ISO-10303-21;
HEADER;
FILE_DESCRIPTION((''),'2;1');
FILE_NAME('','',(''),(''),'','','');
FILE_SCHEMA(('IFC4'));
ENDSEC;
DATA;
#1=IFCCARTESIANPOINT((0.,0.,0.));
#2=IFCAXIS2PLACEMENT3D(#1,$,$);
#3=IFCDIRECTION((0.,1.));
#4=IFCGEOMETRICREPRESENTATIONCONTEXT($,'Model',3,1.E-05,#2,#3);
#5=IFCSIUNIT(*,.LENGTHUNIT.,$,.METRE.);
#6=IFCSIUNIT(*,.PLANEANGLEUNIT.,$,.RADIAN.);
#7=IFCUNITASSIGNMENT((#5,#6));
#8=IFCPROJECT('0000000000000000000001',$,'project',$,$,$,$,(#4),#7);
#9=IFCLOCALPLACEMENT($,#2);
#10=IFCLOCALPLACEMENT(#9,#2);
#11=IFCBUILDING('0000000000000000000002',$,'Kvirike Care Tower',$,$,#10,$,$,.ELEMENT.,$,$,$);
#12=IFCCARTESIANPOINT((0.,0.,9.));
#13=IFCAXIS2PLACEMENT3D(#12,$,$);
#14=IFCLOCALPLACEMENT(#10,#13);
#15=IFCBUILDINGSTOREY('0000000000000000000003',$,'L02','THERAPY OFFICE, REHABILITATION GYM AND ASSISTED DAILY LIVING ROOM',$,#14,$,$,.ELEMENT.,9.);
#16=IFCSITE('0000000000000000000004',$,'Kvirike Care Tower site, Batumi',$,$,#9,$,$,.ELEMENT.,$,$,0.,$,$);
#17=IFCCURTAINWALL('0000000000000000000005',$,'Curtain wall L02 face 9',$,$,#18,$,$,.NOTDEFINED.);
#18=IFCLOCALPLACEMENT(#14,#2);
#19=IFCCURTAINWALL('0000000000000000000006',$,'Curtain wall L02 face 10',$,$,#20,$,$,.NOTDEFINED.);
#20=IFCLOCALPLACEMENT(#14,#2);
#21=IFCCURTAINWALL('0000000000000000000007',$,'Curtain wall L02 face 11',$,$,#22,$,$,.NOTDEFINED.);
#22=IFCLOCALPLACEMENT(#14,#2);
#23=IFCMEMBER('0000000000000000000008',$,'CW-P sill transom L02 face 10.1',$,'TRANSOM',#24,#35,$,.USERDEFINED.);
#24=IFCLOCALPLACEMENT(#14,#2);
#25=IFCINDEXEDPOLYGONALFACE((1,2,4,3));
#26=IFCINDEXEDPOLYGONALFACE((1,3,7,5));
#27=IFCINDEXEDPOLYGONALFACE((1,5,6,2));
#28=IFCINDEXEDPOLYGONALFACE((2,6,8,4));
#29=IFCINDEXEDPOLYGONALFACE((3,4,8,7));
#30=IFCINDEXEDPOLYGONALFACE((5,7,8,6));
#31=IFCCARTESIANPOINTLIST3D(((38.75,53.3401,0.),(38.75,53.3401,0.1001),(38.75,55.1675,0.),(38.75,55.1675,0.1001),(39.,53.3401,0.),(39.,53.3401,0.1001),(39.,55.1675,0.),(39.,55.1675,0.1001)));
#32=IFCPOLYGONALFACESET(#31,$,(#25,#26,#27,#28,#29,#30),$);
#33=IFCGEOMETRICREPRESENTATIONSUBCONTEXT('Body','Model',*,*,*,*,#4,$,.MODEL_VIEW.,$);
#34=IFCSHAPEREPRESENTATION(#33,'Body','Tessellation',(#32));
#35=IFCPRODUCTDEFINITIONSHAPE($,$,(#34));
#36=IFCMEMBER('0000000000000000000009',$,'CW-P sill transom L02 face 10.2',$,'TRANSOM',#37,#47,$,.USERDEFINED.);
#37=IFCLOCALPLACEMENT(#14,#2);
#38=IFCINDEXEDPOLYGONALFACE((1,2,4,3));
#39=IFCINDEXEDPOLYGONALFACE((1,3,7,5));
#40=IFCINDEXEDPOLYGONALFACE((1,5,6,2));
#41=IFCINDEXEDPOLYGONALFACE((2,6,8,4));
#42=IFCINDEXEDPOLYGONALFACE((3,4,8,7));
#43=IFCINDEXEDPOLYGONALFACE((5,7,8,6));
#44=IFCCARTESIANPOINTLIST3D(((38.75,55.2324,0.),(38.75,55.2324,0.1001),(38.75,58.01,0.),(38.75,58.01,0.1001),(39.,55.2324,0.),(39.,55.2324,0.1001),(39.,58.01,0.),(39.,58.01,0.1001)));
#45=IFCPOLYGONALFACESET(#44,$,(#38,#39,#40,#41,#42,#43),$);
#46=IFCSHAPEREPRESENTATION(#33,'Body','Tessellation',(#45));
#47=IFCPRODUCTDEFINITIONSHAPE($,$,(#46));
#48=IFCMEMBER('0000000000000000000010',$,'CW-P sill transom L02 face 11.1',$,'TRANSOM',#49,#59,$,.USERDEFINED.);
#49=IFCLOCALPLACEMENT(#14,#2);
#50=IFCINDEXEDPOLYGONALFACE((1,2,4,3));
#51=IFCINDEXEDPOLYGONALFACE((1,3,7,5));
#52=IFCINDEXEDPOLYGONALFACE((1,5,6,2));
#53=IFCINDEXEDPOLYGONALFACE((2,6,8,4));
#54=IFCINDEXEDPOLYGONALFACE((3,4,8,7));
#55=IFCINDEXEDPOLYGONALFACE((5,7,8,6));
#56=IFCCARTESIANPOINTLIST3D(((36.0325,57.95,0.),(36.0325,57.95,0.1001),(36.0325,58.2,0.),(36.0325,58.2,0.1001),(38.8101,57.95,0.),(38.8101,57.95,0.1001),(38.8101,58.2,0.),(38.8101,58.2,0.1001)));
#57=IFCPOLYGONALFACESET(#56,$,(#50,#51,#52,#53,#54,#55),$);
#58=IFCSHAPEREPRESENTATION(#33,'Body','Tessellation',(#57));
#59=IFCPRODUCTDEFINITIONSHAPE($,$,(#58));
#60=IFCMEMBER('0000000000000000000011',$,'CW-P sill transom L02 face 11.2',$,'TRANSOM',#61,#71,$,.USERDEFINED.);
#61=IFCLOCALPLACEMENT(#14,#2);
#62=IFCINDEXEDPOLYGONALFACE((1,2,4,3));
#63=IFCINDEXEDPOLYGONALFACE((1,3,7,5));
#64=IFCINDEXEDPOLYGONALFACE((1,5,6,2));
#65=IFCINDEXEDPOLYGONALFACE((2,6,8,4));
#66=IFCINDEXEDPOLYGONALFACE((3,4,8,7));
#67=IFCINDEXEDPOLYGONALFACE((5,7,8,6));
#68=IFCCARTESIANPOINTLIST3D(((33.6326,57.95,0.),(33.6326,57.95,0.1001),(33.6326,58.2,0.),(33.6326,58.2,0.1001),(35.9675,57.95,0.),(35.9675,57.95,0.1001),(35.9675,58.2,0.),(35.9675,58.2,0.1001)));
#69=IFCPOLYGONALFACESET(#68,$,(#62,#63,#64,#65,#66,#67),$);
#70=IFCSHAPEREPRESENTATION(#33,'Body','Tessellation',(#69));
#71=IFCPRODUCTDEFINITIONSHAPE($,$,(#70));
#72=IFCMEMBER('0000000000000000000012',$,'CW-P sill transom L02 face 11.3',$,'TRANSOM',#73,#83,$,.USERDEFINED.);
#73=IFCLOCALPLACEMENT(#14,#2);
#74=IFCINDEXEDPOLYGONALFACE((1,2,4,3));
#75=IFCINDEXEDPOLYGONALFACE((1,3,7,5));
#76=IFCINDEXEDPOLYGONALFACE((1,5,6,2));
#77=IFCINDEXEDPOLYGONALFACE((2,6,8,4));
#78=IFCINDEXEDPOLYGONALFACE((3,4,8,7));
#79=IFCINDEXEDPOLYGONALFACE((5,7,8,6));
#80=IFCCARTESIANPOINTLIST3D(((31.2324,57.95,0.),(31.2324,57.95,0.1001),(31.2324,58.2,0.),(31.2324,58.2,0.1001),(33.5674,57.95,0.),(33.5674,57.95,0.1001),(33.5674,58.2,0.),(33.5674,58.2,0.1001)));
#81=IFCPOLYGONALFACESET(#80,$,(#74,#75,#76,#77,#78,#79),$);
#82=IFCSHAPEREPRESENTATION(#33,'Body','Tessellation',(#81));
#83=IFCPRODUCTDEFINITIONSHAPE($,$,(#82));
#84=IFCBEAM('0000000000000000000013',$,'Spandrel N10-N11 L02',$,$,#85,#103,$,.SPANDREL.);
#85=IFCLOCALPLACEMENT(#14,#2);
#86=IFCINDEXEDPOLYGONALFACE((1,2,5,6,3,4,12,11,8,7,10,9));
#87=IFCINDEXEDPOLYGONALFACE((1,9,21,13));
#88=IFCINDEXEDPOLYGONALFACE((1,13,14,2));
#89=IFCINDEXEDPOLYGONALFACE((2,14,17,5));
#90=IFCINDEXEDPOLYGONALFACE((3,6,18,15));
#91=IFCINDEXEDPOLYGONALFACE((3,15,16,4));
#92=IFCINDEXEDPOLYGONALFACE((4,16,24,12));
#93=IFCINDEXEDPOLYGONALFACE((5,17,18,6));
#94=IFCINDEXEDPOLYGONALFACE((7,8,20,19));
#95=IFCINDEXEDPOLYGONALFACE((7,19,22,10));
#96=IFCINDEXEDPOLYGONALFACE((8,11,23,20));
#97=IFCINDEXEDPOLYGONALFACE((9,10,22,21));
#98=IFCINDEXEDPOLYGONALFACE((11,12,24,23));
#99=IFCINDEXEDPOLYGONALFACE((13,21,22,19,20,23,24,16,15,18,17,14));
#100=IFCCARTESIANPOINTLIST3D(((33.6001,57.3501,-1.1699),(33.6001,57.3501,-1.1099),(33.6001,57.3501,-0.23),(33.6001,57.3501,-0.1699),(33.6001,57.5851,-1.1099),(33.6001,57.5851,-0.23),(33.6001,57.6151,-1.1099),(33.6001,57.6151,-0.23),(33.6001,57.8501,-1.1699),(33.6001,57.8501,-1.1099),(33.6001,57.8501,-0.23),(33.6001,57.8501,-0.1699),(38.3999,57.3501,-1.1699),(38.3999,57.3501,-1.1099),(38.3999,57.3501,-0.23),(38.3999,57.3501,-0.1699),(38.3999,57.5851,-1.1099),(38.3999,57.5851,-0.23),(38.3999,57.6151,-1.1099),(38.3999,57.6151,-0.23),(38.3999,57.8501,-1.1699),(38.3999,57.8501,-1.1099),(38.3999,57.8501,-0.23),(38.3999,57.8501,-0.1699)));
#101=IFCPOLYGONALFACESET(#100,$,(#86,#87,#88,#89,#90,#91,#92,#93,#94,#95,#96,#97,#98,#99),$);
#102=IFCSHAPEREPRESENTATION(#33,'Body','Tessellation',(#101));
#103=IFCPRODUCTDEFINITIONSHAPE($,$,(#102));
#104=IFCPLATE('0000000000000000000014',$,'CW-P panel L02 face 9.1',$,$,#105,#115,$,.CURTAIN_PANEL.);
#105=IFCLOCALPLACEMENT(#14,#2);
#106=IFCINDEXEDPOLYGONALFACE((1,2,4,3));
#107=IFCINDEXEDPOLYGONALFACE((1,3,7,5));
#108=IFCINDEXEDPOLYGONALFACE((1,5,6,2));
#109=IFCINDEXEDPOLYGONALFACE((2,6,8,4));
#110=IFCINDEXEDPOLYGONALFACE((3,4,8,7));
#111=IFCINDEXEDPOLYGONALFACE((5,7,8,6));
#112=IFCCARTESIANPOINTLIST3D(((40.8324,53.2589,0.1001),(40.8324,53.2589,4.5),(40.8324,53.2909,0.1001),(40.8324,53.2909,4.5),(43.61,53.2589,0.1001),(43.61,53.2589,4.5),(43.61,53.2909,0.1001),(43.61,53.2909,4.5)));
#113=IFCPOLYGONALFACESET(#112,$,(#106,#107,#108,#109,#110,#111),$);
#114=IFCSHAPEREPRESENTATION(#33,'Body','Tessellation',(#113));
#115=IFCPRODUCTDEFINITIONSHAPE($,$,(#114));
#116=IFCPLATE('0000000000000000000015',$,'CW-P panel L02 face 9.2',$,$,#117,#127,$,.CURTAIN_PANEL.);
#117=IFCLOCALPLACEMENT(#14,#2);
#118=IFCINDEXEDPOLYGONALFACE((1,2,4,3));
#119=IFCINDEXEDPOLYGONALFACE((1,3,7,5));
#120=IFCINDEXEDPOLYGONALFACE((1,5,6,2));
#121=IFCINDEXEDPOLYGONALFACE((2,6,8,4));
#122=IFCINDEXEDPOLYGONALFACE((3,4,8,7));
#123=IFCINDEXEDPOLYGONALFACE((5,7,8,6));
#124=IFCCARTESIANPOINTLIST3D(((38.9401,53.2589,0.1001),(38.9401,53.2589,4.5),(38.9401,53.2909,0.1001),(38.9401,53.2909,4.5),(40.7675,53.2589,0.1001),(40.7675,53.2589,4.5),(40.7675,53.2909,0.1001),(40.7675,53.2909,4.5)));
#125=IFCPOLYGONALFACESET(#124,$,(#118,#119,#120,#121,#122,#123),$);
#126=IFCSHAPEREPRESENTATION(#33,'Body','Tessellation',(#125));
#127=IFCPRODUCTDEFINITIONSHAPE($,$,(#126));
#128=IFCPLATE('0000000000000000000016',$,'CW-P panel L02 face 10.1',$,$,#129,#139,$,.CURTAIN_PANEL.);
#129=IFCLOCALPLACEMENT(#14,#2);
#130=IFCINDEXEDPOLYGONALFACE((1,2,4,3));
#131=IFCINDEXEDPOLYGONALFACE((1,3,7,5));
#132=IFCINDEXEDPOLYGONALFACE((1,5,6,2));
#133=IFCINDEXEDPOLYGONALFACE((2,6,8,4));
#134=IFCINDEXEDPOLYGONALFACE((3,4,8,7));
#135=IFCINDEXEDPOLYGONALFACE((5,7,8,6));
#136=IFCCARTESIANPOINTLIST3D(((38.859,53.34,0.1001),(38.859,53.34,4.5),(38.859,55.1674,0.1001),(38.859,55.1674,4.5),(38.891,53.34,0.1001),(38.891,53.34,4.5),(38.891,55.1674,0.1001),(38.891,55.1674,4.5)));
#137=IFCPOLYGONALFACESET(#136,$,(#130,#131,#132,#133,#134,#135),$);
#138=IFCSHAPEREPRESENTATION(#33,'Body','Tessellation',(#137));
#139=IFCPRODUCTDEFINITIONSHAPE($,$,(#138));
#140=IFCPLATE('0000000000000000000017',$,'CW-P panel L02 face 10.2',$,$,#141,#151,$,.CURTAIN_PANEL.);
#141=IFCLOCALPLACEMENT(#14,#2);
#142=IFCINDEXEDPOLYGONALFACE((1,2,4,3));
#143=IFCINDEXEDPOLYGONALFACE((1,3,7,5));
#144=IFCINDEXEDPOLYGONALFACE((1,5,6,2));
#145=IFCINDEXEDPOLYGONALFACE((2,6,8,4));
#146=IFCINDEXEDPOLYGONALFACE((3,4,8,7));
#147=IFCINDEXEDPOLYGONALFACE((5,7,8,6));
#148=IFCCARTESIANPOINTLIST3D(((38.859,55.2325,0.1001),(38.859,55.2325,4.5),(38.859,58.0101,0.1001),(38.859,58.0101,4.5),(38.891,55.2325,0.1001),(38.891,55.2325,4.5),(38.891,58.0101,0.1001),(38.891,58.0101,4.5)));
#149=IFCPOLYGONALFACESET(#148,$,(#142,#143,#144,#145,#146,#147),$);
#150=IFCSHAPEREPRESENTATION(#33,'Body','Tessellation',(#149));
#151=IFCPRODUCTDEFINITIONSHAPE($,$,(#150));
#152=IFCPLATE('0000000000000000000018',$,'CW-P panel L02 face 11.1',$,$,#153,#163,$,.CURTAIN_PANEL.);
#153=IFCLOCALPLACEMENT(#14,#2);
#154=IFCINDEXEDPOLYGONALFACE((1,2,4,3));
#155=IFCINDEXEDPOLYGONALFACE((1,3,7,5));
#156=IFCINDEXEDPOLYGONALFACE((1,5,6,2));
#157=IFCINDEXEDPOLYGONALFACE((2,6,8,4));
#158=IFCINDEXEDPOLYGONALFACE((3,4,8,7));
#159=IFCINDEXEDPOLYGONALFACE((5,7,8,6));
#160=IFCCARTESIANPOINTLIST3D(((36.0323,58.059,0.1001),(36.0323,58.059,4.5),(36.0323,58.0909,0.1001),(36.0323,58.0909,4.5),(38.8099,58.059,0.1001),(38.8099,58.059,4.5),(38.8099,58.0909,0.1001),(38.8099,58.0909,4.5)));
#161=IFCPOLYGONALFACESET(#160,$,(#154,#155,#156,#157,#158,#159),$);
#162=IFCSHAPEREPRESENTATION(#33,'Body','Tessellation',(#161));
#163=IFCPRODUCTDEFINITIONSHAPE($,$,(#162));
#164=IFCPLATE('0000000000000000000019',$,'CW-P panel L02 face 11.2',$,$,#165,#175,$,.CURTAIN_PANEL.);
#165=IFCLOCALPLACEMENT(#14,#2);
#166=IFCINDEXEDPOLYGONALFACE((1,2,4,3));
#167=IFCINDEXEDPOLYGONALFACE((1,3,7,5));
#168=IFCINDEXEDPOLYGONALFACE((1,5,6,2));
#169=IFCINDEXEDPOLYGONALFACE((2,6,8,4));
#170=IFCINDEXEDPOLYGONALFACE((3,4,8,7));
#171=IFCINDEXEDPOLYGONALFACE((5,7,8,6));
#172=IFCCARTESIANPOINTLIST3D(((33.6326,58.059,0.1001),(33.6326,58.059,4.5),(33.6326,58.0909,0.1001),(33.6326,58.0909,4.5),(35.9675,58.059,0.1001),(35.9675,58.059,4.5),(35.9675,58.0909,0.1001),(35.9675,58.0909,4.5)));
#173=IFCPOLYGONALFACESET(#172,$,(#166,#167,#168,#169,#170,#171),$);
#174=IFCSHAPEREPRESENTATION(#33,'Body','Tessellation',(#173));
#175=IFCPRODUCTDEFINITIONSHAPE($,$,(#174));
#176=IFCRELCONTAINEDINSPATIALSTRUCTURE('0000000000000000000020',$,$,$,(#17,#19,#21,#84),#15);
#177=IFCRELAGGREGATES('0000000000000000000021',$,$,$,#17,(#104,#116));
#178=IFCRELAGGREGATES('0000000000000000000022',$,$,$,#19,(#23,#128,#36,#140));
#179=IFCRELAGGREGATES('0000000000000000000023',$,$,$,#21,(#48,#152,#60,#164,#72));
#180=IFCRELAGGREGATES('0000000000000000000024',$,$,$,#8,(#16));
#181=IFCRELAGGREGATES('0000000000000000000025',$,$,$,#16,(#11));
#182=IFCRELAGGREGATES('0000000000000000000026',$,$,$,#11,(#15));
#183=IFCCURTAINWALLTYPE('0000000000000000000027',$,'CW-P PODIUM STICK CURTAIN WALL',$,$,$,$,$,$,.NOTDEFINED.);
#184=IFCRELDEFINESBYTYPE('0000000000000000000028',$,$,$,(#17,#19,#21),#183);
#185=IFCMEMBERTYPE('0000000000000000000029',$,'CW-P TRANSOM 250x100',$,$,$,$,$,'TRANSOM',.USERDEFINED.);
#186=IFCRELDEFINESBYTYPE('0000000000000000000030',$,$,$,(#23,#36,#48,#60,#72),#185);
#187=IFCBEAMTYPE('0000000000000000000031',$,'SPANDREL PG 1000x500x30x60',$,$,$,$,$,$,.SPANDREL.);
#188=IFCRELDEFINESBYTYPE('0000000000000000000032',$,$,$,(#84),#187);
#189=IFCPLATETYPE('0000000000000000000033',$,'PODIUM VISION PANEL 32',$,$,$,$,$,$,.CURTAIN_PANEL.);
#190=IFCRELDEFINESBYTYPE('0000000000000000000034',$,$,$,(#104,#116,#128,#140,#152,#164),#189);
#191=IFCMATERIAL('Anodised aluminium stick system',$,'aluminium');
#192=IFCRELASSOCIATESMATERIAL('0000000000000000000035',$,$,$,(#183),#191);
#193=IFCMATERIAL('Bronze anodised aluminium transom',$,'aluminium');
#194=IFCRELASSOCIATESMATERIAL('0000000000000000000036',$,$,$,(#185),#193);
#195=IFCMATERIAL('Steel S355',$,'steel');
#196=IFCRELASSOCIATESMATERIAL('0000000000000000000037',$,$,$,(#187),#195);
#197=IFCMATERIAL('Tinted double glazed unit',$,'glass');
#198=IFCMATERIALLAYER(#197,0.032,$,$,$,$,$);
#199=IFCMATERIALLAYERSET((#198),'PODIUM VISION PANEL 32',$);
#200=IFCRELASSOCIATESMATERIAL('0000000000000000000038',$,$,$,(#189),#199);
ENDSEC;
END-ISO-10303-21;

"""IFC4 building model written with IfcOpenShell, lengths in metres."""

from ifc_helpers import new_model, si_unit, direction, frame, origin, origin_2d, place, context, subcontext, project, spatial, rectangle, i_section, extrude, material, layer, layer_set, material_profile, profile_set, type_object, element, aggregate, save


model = new_model("IFC4")

# Units and contexts
model_context = context("Model", 3, precision=1e-05, world=origin(), true_north=direction((0.0, 1.0)))
body_context = subcontext(model_context, "Body", "Model", "MODEL_VIEW")
ifc_project = project(units=[si_unit("LENGTHUNIT", "METRE"), si_unit("PLANEANGLEUNIT", "RADIAN")], contexts=[model_context])

# Site, building, storey
site_placement = place(None, origin())
site = spatial("IfcSite", under=ifc_project, at=site_placement, Name="Kvirike Care Tower site, Batumi", CompositionType="ELEMENT", RefElevation=0.0)
building_placement = place(site_placement, origin())
building = spatial("IfcBuilding", under=site, at=building_placement, Name="Kvirike Care Tower", CompositionType="ELEMENT")
storey_placement = place(building_placement, frame((0.0, 0.0, 9.0)))
storey = spatial("IfcBuildingStorey", under=building, at=storey_placement, Name="L02", Description="THERAPY OFFICE, REHABILITATION GYM AND ASSISTED DAILY LIVING ROOM", CompositionType="ELEMENT", Elevation=9.0)

# Curtain walls
ifc_material_1 = material(Name="Anodised aluminium stick system", Category="aluminium")
curtain_wall_type = type_object("IfcCurtainWallType", Name="CW-P PODIUM STICK CURTAIN WALL", PredefinedType="NOTDEFINED", material=ifc_material_1)
curtain_wall_1_placement = place(storey_placement, origin())
curtain_wall_1 = element("IfcCurtainWall", 1, at=curtain_wall_1_placement, inside=storey, type_object=curtain_wall_type, Name="Curtain wall L02 face 9", PredefinedType="NOTDEFINED")
curtain_wall_2_placement = place(storey_placement, origin())
curtain_wall_2 = element("IfcCurtainWall", 2, at=curtain_wall_2_placement, inside=storey, type_object=curtain_wall_type, Name="Curtain wall L02 face 10", PredefinedType="NOTDEFINED")
curtain_wall_3_placement = place(storey_placement, origin())
curtain_wall_3 = element("IfcCurtainWall", 3, at=curtain_wall_3_placement, inside=storey, type_object=curtain_wall_type, Name="Curtain wall L02 face 11", PredefinedType="NOTDEFINED")

# Members
ifc_material_2 = material(Name="Bronze anodised aluminium transom", Category="aluminium")
ifc_material_profile_1 = material_profile(ifc_material_2, rectangle(XDim=0.25, YDim=0.1001, at=origin_2d()), Name="CW-P TRANSOM 250x100")
ifc_profile_set_1 = profile_set([ifc_material_profile_1], Name="Bronze anodised aluminium transom")
member_type_1 = type_object("IfcMemberType", Name="CW-P TRANSOM 250x100", ElementType="TRANSOM", PredefinedType="USERDEFINED", material=ifc_profile_set_1)
member_1_placement = place(storey_placement, frame((38.875, 53.3401, 0.05), z_axis=(0.0, 1.0, 0.0), x_axis=(-1.0, 0.0, 0.0)))
member_1 = element("IfcMember", 4, at=member_1_placement, type_object=member_type_1, Name="CW-P sill transom L02 face 10.1", ObjectType="TRANSOM", PredefinedType="USERDEFINED", context=body_context, shape_type="SweptSolid", body=[
    extrude(rectangle(XDim=0.25, YDim=0.1001, at=origin_2d()), origin(), (0.0, 0.0, 1.0), 1.8274),
])
member_2_placement = place(storey_placement, frame((38.875, 55.2324, 0.05), z_axis=(0.0, 1.0, 0.0), x_axis=(-1.0, 0.0, 0.0)))
member_2 = element("IfcMember", 5, at=member_2_placement, type_object=member_type_1, Name="CW-P sill transom L02 face 10.2", ObjectType="TRANSOM", PredefinedType="USERDEFINED", context=body_context, shape_type="SweptSolid", body=[
    extrude(rectangle(XDim=0.25, YDim=0.1001, at=origin_2d()), origin(), (0.0, 0.0, 1.0), 2.7776),
])
member_3_placement = place(storey_placement, frame((38.8101, 58.075, 0.05), z_axis=(-1.0, 0.0, 0.0), x_axis=(0.0, -1.0, 0.0)))
member_3 = element("IfcMember", 6, at=member_3_placement, type_object=member_type_1, Name="CW-P sill transom L02 face 11.1", ObjectType="TRANSOM", PredefinedType="USERDEFINED", context=body_context, shape_type="SweptSolid", body=[
    extrude(rectangle(XDim=0.25, YDim=0.1001, at=origin_2d()), origin(), (0.0, 0.0, 1.0), 2.7776),
])
member_4_placement = place(storey_placement, frame((35.9675, 58.075, 0.05), z_axis=(-1.0, 0.0, 0.0), x_axis=(0.0, -1.0, 0.0)))
member_4 = element("IfcMember", 7, at=member_4_placement, type_object=member_type_1, Name="CW-P sill transom L02 face 11.2", ObjectType="TRANSOM", PredefinedType="USERDEFINED", context=body_context, shape_type="SweptSolid", body=[
    extrude(rectangle(XDim=0.25, YDim=0.1001, at=origin_2d()), origin(), (0.0, 0.0, 1.0), 2.335),
])
member_5_placement = place(storey_placement, frame((33.5674, 58.075, 0.05), z_axis=(-1.0, 0.0, 0.0), x_axis=(0.0, -1.0, 0.0)))
member_5 = element("IfcMember", 8, at=member_5_placement, type_object=member_type_1, Name="CW-P sill transom L02 face 11.3", ObjectType="TRANSOM", PredefinedType="USERDEFINED", context=body_context, shape_type="SweptSolid", body=[
    extrude(rectangle(XDim=0.25, YDim=0.1001, at=origin_2d()), origin(), (0.0, 0.0, 1.0), 2.335),
])

# Beam
ifc_material_3 = material(Name="Steel S355", Category="steel")
ifc_material_profile_2 = material_profile(ifc_material_3, i_section(OverallWidth=0.5, OverallDepth=1.0, WebThickness=0.03, FlangeThickness=0.0601, at=origin_2d()), Name="PG 1000x500x30x60")
ifc_profile_set_2 = profile_set([ifc_material_profile_2], Name="Steel S355")
beam_type = type_object("IfcBeamType", Name="SPANDREL PG 1000x500x30x60", PredefinedType="SPANDREL", material=ifc_profile_set_2)
beam_placement = place(storey_placement, frame((33.6001, 57.6001, -0.6699), z_axis=(1.0, 0.0, 0.0), x_axis=(0.0, 1.0, 0.0)))
element("IfcBeam", 9, at=beam_placement, inside=storey, type_object=beam_type, Name="Spandrel N10-N11 L02", PredefinedType="SPANDREL", context=body_context, shape_type="SweptSolid", body=[
    extrude(i_section(OverallWidth=0.5, OverallDepth=1.0, WebThickness=0.03, FlangeThickness=0.0601, at=origin_2d()), origin(), (0.0, 0.0, 1.0), 4.7998),
])

# Plates
ifc_material_4 = material(Name="Tinted double glazed unit", Category="glass")
ifc_layer = layer(ifc_material_4, 0.032)
ifc_layer_set = layer_set([ifc_layer], Name="PODIUM VISION PANEL 32")
plate_type = type_object("IfcPlateType", Name="PODIUM VISION PANEL 32", PredefinedType="CURTAIN_PANEL", material=ifc_layer_set)
plate_1_placement = place(storey_placement, frame((42.2212, 53.2749, 0.1001), z_axis=(0.0, 0.0, 1.0), x_axis=(-1.0, 0.0, 0.0)))
plate_1 = element("IfcPlate", 10, at=plate_1_placement, type_object=plate_type, Name="CW-P panel L02 face 9.1", PredefinedType="CURTAIN_PANEL", context=body_context, shape_type="SweptSolid", body=[
    extrude(rectangle(XDim=2.7776, YDim=0.032, at=origin_2d()), origin(), (0.0, 0.0, 1.0), 4.3999),
])
plate_2_placement = place(storey_placement, frame((39.8538, 53.2749, 0.1001), z_axis=(0.0, 0.0, 1.0), x_axis=(-1.0, 0.0, 0.0)))
plate_2 = element("IfcPlate", 11, at=plate_2_placement, type_object=plate_type, Name="CW-P panel L02 face 9.2", PredefinedType="CURTAIN_PANEL", context=body_context, shape_type="SweptSolid", body=[
    extrude(rectangle(XDim=1.8274, YDim=0.032, at=origin_2d()), origin(), (0.0, 0.0, 1.0), 4.3999),
])
aggregate(curtain_wall_1, [plate_1, plate_2])
plate_3_placement = place(storey_placement, frame((38.875, 54.2537, 0.1001), z_axis=(0.0, 0.0, 1.0), x_axis=(0.0, 1.0, 0.0)))
plate_3 = element("IfcPlate", 12, at=plate_3_placement, type_object=plate_type, Name="CW-P panel L02 face 10.1", PredefinedType="CURTAIN_PANEL", context=body_context, shape_type="SweptSolid", body=[
    extrude(rectangle(XDim=1.8274, YDim=0.032, at=origin_2d()), origin(), (0.0, 0.0, 1.0), 4.3999),
])
plate_4_placement = place(storey_placement, frame((38.875, 56.6213, 0.1001), z_axis=(0.0, 0.0, 1.0), x_axis=(0.0, 1.0, 0.0)))
plate_4 = element("IfcPlate", 13, at=plate_4_placement, type_object=plate_type, Name="CW-P panel L02 face 10.2", PredefinedType="CURTAIN_PANEL", context=body_context, shape_type="SweptSolid", body=[
    extrude(rectangle(XDim=2.7776, YDim=0.032, at=origin_2d()), origin(), (0.0, 0.0, 1.0), 4.3999),
])
aggregate(curtain_wall_2, [member_1, plate_3, member_2, plate_4])
plate_5_placement = place(storey_placement, frame((37.4211, 58.075, 0.1001), z_axis=(0.0, 0.0, 1.0), x_axis=(-1.0, 0.0, 0.0)))
plate_5 = element("IfcPlate", 14, at=plate_5_placement, type_object=plate_type, Name="CW-P panel L02 face 11.1", PredefinedType="CURTAIN_PANEL", context=body_context, shape_type="SweptSolid", body=[
    extrude(rectangle(XDim=2.7776, YDim=0.032, at=origin_2d()), origin(), (0.0, 0.0, 1.0), 4.3999),
])
plate_6_placement = place(storey_placement, frame((34.8, 58.075, 0.1001), z_axis=(0.0, 0.0, 1.0), x_axis=(-1.0, 0.0, 0.0)))
plate_6 = element("IfcPlate", 15, at=plate_6_placement, type_object=plate_type, Name="CW-P panel L02 face 11.2", PredefinedType="CURTAIN_PANEL", context=body_context, shape_type="SweptSolid", body=[
    extrude(rectangle(XDim=2.335, YDim=0.032, at=origin_2d()), origin(), (0.0, 0.0, 1.0), 4.3999),
])
aggregate(curtain_wall_3, [member_3, plate_5, member_4, plate_6, member_5])

save(model, "model.ifc")
